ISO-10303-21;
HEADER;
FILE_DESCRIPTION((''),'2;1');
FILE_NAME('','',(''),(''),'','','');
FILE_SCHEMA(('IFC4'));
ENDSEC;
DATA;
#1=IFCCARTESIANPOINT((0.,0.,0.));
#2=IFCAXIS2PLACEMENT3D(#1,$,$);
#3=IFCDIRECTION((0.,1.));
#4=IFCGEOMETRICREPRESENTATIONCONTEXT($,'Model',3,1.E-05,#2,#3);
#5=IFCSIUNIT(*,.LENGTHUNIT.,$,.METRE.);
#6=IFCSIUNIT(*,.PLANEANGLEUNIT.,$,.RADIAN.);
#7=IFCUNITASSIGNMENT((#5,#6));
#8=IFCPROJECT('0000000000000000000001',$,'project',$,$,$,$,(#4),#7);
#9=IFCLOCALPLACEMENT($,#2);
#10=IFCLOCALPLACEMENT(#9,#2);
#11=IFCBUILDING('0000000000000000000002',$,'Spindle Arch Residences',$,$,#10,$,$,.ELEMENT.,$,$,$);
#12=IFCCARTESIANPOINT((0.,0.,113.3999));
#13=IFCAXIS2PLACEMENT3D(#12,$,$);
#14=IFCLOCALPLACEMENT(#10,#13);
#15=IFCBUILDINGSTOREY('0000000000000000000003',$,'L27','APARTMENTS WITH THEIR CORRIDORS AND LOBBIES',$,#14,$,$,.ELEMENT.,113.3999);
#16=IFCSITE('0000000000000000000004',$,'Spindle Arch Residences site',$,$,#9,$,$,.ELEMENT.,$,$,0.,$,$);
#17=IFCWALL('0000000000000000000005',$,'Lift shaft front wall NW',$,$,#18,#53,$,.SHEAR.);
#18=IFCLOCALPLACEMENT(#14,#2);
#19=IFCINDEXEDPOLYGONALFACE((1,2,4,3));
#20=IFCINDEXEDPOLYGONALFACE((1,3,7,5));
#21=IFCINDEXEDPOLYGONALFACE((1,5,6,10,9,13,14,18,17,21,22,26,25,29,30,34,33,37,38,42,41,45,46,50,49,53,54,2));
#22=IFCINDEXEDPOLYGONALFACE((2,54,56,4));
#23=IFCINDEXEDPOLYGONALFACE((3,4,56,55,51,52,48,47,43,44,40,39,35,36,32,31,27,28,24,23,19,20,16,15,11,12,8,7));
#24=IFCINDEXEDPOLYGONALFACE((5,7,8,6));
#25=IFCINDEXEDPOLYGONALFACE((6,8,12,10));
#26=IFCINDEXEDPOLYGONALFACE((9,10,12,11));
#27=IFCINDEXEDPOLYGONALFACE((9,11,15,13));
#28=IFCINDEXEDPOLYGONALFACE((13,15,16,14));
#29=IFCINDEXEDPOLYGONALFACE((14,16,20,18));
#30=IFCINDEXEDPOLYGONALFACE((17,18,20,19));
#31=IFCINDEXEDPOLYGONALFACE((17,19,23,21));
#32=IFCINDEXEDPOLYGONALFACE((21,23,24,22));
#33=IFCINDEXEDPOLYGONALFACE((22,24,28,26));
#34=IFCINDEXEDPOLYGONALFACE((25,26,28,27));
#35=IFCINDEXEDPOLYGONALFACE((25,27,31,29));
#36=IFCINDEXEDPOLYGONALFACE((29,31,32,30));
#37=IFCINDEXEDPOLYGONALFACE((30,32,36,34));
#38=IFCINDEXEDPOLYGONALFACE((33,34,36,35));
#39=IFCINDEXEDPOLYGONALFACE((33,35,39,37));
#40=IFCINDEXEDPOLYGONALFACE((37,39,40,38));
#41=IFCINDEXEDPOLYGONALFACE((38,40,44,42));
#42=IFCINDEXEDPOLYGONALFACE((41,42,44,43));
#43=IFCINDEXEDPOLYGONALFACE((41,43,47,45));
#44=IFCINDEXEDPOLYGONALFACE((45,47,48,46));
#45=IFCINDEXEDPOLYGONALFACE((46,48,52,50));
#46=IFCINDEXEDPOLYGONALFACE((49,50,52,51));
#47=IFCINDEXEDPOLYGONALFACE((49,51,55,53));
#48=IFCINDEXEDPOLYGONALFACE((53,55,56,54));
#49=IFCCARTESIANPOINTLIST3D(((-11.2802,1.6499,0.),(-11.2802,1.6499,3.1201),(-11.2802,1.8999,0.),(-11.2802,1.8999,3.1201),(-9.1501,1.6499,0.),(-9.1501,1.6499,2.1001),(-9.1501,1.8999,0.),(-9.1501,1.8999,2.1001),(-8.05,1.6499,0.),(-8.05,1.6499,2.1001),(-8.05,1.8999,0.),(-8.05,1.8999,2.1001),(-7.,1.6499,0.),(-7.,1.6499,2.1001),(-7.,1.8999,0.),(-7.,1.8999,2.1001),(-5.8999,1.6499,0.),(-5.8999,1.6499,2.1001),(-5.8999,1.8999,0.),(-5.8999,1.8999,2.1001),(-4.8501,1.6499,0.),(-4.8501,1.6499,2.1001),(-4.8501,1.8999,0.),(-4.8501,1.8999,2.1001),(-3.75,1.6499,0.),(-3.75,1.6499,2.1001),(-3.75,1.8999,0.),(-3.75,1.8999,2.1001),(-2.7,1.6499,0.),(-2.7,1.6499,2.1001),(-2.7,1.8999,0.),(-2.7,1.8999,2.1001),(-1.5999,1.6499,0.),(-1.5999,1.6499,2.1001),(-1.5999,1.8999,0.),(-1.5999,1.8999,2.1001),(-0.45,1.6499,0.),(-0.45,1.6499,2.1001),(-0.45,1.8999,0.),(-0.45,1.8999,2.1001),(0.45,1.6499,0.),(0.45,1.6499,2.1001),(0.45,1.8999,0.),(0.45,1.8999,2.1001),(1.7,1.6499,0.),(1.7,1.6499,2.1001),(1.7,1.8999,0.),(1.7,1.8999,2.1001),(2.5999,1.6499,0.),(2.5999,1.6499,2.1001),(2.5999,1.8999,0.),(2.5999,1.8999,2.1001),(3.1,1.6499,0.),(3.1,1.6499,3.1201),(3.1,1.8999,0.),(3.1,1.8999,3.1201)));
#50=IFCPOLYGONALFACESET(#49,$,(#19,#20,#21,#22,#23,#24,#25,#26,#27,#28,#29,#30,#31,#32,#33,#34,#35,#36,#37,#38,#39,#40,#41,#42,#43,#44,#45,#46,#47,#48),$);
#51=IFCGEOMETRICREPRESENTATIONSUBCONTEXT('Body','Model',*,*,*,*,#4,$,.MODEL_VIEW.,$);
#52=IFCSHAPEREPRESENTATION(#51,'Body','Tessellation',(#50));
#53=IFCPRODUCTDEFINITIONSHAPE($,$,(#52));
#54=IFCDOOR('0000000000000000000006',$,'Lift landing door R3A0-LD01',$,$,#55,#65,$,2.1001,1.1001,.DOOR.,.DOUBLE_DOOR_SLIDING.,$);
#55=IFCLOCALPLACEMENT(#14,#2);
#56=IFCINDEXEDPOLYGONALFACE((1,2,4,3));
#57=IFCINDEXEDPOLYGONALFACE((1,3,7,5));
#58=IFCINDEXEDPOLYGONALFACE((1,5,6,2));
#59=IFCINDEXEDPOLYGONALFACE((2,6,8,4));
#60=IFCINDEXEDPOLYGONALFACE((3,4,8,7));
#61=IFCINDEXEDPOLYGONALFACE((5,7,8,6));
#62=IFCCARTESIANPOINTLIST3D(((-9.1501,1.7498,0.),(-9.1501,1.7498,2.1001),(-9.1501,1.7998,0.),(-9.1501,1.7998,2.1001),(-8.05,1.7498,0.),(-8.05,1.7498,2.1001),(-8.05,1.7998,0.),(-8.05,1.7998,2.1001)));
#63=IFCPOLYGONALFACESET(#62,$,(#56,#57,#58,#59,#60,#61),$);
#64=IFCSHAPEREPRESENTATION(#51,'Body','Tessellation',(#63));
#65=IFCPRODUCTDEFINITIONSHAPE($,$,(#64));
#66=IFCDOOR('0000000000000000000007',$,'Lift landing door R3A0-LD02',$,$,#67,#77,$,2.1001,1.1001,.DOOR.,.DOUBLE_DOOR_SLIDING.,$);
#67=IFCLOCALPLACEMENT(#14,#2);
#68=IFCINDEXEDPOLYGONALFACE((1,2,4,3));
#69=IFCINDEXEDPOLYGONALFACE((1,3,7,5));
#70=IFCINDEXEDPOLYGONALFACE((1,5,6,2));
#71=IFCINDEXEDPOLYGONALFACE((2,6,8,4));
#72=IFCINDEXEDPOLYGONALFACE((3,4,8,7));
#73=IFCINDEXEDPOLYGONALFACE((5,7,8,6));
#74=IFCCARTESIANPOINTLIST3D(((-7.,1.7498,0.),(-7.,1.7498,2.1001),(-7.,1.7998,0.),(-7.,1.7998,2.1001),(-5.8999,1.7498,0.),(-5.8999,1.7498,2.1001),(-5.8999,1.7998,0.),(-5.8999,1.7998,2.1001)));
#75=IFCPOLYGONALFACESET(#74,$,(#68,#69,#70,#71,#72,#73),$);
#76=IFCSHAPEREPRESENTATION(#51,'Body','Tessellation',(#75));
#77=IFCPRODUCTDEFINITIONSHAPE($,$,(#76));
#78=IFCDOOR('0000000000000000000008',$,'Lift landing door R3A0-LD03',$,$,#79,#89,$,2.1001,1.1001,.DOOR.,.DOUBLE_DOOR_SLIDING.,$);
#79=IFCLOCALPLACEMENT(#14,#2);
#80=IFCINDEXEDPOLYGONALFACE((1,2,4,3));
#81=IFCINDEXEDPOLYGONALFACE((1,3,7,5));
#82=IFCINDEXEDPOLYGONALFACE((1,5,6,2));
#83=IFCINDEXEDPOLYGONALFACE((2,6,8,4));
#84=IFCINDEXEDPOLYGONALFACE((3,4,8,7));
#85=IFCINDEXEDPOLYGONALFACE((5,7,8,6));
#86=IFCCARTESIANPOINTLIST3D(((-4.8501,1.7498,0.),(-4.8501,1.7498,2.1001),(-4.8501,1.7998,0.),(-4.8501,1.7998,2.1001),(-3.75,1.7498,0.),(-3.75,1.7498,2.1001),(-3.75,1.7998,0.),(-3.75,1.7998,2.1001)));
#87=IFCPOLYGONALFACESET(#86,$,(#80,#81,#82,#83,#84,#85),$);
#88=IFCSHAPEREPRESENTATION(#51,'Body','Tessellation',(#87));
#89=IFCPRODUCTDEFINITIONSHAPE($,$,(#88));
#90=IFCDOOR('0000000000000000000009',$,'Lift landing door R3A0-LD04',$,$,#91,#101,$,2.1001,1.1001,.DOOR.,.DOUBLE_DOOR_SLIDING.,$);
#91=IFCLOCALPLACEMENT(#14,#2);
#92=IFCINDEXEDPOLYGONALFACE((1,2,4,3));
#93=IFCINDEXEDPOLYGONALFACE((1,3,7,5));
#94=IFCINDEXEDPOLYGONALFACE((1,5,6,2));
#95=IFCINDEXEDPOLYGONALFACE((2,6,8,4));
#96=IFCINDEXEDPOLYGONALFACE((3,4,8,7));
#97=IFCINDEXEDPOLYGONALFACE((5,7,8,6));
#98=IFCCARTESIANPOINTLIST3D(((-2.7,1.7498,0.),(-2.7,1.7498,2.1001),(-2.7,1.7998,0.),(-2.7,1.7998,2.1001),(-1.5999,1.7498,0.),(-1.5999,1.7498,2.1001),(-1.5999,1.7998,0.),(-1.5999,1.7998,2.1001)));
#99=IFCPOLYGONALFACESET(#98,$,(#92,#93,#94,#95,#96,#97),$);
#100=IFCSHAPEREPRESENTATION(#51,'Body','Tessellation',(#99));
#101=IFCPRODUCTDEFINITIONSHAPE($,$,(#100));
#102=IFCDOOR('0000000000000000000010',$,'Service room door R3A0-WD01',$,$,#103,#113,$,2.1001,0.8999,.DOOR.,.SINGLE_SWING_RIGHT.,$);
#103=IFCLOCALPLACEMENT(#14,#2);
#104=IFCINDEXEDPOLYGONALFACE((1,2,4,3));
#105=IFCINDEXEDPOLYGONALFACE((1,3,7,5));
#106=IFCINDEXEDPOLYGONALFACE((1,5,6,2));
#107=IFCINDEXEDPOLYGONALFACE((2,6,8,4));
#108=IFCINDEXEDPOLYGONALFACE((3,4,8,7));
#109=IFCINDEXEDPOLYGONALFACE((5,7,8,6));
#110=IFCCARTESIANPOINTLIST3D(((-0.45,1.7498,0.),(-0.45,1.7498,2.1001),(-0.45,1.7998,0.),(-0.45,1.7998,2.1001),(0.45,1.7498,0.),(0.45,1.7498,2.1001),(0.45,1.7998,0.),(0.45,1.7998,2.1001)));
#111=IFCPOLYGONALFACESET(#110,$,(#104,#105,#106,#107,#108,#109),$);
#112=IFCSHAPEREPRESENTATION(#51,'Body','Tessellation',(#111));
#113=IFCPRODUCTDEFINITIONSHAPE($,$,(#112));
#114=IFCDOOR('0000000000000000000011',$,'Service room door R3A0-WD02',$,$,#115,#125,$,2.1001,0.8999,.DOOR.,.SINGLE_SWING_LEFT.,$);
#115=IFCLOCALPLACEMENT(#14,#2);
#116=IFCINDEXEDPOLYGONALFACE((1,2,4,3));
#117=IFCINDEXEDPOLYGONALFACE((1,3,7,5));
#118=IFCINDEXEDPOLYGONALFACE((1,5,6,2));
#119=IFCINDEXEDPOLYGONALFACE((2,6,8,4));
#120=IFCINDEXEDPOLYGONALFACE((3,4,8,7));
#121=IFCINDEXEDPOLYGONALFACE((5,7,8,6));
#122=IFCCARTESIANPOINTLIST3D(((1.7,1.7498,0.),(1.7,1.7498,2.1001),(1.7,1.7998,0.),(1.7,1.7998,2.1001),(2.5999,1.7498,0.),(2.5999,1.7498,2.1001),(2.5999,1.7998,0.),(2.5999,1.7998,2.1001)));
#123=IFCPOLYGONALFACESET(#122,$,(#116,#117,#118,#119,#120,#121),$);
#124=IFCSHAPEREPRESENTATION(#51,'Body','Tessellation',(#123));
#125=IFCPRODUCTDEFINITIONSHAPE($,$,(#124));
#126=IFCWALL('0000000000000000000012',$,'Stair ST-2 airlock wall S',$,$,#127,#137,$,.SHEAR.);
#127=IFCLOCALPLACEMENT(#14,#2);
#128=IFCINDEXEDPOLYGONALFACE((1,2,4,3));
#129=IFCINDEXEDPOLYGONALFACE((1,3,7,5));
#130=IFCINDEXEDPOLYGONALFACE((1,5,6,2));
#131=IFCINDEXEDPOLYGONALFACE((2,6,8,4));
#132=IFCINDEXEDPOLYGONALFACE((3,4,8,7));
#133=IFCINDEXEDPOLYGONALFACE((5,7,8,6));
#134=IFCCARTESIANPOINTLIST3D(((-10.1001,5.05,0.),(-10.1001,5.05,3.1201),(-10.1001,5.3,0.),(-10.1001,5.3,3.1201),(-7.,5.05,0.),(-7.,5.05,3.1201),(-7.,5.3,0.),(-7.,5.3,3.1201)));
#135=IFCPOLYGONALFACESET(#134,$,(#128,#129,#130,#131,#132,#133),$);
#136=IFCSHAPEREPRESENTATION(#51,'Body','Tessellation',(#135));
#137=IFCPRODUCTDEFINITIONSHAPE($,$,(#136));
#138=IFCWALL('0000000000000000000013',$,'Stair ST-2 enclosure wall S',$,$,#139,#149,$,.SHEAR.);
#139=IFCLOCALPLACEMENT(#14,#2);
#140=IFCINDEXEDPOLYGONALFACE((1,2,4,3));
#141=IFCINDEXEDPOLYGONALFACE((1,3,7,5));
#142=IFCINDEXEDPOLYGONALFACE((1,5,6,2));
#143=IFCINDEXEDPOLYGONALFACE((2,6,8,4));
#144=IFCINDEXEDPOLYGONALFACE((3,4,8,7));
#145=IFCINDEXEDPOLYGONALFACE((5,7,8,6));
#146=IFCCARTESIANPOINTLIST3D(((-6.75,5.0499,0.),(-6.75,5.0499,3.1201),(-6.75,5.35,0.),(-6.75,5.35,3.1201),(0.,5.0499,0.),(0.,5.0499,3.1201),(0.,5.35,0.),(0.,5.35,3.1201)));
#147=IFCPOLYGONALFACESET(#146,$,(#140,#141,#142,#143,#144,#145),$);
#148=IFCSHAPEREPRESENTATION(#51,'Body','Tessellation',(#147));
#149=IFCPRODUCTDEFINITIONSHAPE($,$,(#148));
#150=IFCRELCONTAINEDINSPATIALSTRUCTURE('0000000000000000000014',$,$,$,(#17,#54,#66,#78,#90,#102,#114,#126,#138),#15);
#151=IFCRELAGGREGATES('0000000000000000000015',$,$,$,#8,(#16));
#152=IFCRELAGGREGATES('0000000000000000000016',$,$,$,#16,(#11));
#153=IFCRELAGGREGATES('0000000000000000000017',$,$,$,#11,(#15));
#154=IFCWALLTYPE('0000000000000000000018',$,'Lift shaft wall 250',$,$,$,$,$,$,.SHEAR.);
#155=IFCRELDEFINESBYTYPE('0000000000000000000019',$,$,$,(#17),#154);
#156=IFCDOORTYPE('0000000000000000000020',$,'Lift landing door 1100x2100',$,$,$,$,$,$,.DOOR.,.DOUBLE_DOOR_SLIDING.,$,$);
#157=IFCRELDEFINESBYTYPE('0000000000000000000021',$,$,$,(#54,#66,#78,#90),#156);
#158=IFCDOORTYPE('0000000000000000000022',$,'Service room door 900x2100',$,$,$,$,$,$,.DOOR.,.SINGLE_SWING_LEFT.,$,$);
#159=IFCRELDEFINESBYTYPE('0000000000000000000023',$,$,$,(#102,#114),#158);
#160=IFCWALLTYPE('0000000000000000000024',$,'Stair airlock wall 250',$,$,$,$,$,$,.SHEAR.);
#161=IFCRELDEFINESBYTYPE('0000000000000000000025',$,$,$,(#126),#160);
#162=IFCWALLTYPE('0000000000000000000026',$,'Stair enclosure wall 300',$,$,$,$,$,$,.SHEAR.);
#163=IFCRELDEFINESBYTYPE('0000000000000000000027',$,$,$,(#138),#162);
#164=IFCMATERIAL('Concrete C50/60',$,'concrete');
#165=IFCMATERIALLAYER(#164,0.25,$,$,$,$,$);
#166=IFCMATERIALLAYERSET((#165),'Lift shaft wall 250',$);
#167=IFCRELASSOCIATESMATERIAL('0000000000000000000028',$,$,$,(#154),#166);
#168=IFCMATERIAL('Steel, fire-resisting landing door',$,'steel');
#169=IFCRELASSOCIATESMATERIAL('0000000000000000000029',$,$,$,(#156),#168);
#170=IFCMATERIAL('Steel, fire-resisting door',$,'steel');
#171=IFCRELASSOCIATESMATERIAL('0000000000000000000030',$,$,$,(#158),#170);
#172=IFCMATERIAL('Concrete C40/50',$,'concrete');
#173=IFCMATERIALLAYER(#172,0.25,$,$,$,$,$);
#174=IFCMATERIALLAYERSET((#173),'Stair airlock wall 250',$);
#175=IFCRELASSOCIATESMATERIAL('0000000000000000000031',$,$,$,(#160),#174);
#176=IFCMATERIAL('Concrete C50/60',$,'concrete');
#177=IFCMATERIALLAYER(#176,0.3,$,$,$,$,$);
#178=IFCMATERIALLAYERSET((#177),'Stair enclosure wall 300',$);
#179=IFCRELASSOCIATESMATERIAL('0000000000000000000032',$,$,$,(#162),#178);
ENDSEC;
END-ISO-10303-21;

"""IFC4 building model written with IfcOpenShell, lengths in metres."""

from ifc_helpers import new_model, si_unit, direction, frame, frame_2d, origin, place, context, subcontext, project, spatial, rectangle, extrude, material, layer, layer_set, type_object, element, fill, save


model = new_model("IFC4")

# Units and contexts
model_context = context("Model", 3, precision=1e-05, world=origin(), true_north=direction((0.0, 1.0)))
body_context = subcontext(model_context, "Body", "Model", "MODEL_VIEW")
ifc_project = project(units=[si_unit("LENGTHUNIT", "METRE"), si_unit("PLANEANGLEUNIT", "RADIAN")], contexts=[model_context])

# Site, building, storey
site_placement = place(None, origin())
site = spatial("IfcSite", under=ifc_project, at=site_placement, Name="Spindle Arch Residences site", CompositionType="ELEMENT", RefElevation=0.0)
building_placement = place(site_placement, origin())
building = spatial("IfcBuilding", under=site, at=building_placement, Name="Spindle Arch Residences", CompositionType="ELEMENT")
storey_placement = place(building_placement, frame((0.0, 0.0, 113.3999)))
storey = spatial("IfcBuildingStorey", under=building, at=storey_placement, Name="L27", Description="APARTMENTS WITH THEIR CORRIDORS AND LOBBIES", CompositionType="ELEMENT", Elevation=113.3999)

# Wall, openings, doors
ifc_material_1 = material(Name="Concrete C50/60", Category="concrete")
ifc_layer_1 = layer(ifc_material_1, 0.25)
ifc_layer_set_1 = layer_set([ifc_layer_1], Name="Lift shaft wall 250")
wall_type_1 = type_object("IfcWallType", Name="Lift shaft wall 250", PredefinedType="SHEAR", material=ifc_layer_set_1)
wall_1_placement = place(storey_placement, frame((-11.28, 1.7749, 0.0), z_axis=(0.0, 0.0, 1.0), x_axis=(1.0, 0.0, 0.0)))
wall_1 = element("IfcWall", 1, at=wall_1_placement, inside=storey, type_object=wall_type_1, Name="Lift shaft front wall NW", PredefinedType="SHEAR", context=body_context, shape_type="SweptSolid", body=[
    extrude(rectangle(XDim=14.3801, YDim=0.25, at=frame_2d((7.1899, 0.0))), origin(), (0.0, 0.0, 1.0), 3.1201),
])
opening_1_placement = place(wall_1_placement, frame((2.1299, 0.0, 0.0)))
opening_1 = element("IfcOpeningElement", 2, at=opening_1_placement, cuts=wall_1, PredefinedType="OPENING", context=body_context, shape_type="SweptSolid", body=[
    extrude(rectangle(XDim=1.1001, YDim=2.1001, at=frame_2d((0.55, 1.05))), frame((0.0, 0.135, 0.0), z_axis=(0.0, -1.0, 0.0), x_axis=(1.0, 0.0, 0.0)), (0.0, 0.0, 1.0), 0.27),
])
opening_2_placement = place(wall_1_placement, frame((4.28, 0.0, 0.0)))
opening_2 = element("IfcOpeningElement", 3, at=opening_2_placement, cuts=wall_1, PredefinedType="OPENING", context=body_context, shape_type="SweptSolid", body=[
    extrude(rectangle(XDim=1.1001, YDim=2.1001, at=frame_2d((0.55, 1.05))), frame((0.0, 0.135, 0.0), z_axis=(0.0, -1.0, 0.0), x_axis=(1.0, 0.0, 0.0)), (0.0, 0.0, 1.0), 0.27),
])
opening_3_placement = place(wall_1_placement, frame((6.4299, 0.0, 0.0)))
opening_3 = element("IfcOpeningElement", 4, at=opening_3_placement, cuts=wall_1, PredefinedType="OPENING", context=body_context, shape_type="SweptSolid", body=[
    extrude(rectangle(XDim=1.1001, YDim=2.1001, at=frame_2d((0.55, 1.05))), frame((0.0, 0.135, 0.0), z_axis=(0.0, -1.0, 0.0), x_axis=(1.0, 0.0, 0.0)), (0.0, 0.0, 1.0), 0.27),
])
opening_4_placement = place(wall_1_placement, frame((8.5801, 0.0, 0.0)))
opening_4 = element("IfcOpeningElement", 5, at=opening_4_placement, cuts=wall_1, PredefinedType="OPENING", context=body_context, shape_type="SweptSolid", body=[
    extrude(rectangle(XDim=1.1001, YDim=2.1001, at=frame_2d((0.55, 1.05))), frame((0.0, 0.135, 0.0), z_axis=(0.0, -1.0, 0.0), x_axis=(1.0, 0.0, 0.0)), (0.0, 0.0, 1.0), 0.27),
])
opening_5_placement = place(wall_1_placement, frame((10.8301, 0.0, 0.0)))
opening_5 = element("IfcOpeningElement", 6, at=opening_5_placement, cuts=wall_1, PredefinedType="OPENING", context=body_context, shape_type="SweptSolid", body=[
    extrude(rectangle(XDim=0.8999, YDim=2.1001, at=frame_2d((0.45, 1.05))), frame((0.0, 0.135, 0.0), z_axis=(0.0, -1.0, 0.0), x_axis=(1.0, 0.0, 0.0)), (0.0, 0.0, 1.0), 0.27),
])
opening_6_placement = place(wall_1_placement, frame((12.98, 0.0, 0.0)))
opening_6 = element("IfcOpeningElement", 7, at=opening_6_placement, cuts=wall_1, PredefinedType="OPENING", context=body_context, shape_type="SweptSolid", body=[
    extrude(rectangle(XDim=0.8999, YDim=2.1001, at=frame_2d((0.45, 1.05))), frame((0.0, 0.135, 0.0), z_axis=(0.0, -1.0, 0.0), x_axis=(1.0, 0.0, 0.0)), (0.0, 0.0, 1.0), 0.27),
])
ifc_material_2 = material(Name="Steel, fire-resisting landing door", Category="steel")
door_type_1 = type_object("IfcDoorType", Name="Lift landing door 1100x2100", OperationType="DOUBLE_DOOR_SLIDING", PredefinedType="DOOR", material=ifc_material_2)
door_1_placement = place(opening_1_placement, origin())
door_1 = element("IfcDoor", 8, at=door_1_placement, inside=storey, type_object=door_type_1, Name="Lift landing door R3A0-LD01", OperationType="DOUBLE_DOOR_SLIDING", OverallHeight=2.1001, OverallWidth=1.1001, PredefinedType="DOOR", context=body_context, shape_type="SweptSolid", body=[
    extrude(rectangle(XDim=1.1001, YDim=2.1001, at=frame_2d((0.55, 1.05))), frame((0.0, 0.0249, 0.0), z_axis=(0.0, -1.0, 0.0), x_axis=(1.0, 0.0, 0.0)), (0.0, 0.0, 1.0), 0.05),
])
fill(opening_1, door_1)
door_2_placement = place(opening_2_placement, origin())
door_2 = element("IfcDoor", 9, at=door_2_placement, inside=storey, type_object=door_type_1, Name="Lift landing door R3A0-LD02", OperationType="DOUBLE_DOOR_SLIDING", OverallHeight=2.1001, OverallWidth=1.1001, PredefinedType="DOOR", context=body_context, shape_type="SweptSolid", body=[
    extrude(rectangle(XDim=1.1001, YDim=2.1001, at=frame_2d((0.55, 1.05))), frame((0.0, 0.0249, 0.0), z_axis=(0.0, -1.0, 0.0), x_axis=(1.0, 0.0, 0.0)), (0.0, 0.0, 1.0), 0.05),
])
fill(opening_2, door_2)
door_3_placement = place(opening_3_placement, origin())
door_3 = element("IfcDoor", 10, at=door_3_placement, inside=storey, type_object=door_type_1, Name="Lift landing door R3A0-LD03", OperationType="DOUBLE_DOOR_SLIDING", OverallHeight=2.1001, OverallWidth=1.1001, PredefinedType="DOOR", context=body_context, shape_type="SweptSolid", body=[
    extrude(rectangle(XDim=1.1001, YDim=2.1001, at=frame_2d((0.55, 1.05))), frame((0.0, 0.0249, 0.0), z_axis=(0.0, -1.0, 0.0), x_axis=(1.0, 0.0, 0.0)), (0.0, 0.0, 1.0), 0.05),
])
fill(opening_3, door_3)
door_4_placement = place(opening_4_placement, origin())
door_4 = element("IfcDoor", 11, at=door_4_placement, inside=storey, type_object=door_type_1, Name="Lift landing door R3A0-LD04", OperationType="DOUBLE_DOOR_SLIDING", OverallHeight=2.1001, OverallWidth=1.1001, PredefinedType="DOOR", context=body_context, shape_type="SweptSolid", body=[
    extrude(rectangle(XDim=1.1001, YDim=2.1001, at=frame_2d((0.55, 1.05))), frame((0.0, 0.0249, 0.0), z_axis=(0.0, -1.0, 0.0), x_axis=(1.0, 0.0, 0.0)), (0.0, 0.0, 1.0), 0.05),
])
fill(opening_4, door_4)
ifc_material_3 = material(Name="Steel, fire-resisting door", Category="steel")
door_type_2 = type_object("IfcDoorType", Name="Service room door 900x2100", OperationType="SINGLE_SWING_LEFT", PredefinedType="DOOR", material=ifc_material_3)
door_5_placement = place(opening_5_placement, origin())
door_5 = element("IfcDoor", 12, at=door_5_placement, inside=storey, type_object=door_type_2, Name="Service room door R3A0-WD01", OperationType="SINGLE_SWING_RIGHT", OverallHeight=2.1001, OverallWidth=0.8999, PredefinedType="DOOR", context=body_context, shape_type="SweptSolid", body=[
    extrude(rectangle(XDim=0.8999, YDim=2.1001, at=frame_2d((0.45, 1.05))), frame((0.0, 0.0249, 0.0), z_axis=(0.0, -1.0, 0.0), x_axis=(1.0, 0.0, 0.0)), (0.0, 0.0, 1.0), 0.05),
])
fill(opening_5, door_5)
door_6_placement = place(opening_6_placement, origin())
door_6 = element("IfcDoor", 13, at=door_6_placement, inside=storey, type_object=door_type_2, Name="Service room door R3A0-WD02", OperationType="SINGLE_SWING_LEFT", OverallHeight=2.1001, OverallWidth=0.8999, PredefinedType="DOOR", context=body_context, shape_type="SweptSolid", body=[
    extrude(rectangle(XDim=0.8999, YDim=2.1001, at=frame_2d((0.45, 1.05))), frame((0.0, 0.0249, 0.0), z_axis=(0.0, -1.0, 0.0), x_axis=(1.0, 0.0, 0.0)), (0.0, 0.0, 1.0), 0.05),
])
fill(opening_6, door_6)

# Walls
ifc_material_4 = material(Name="Concrete C40/50", Category="concrete")
ifc_layer_2 = layer(ifc_material_4, 0.25)
ifc_layer_set_2 = layer_set([ifc_layer_2], Name="Stair airlock wall 250")
wall_type_2 = type_object("IfcWallType", Name="Stair airlock wall 250", PredefinedType="SHEAR", material=ifc_layer_set_2)
wall_2_placement = place(storey_placement, frame((-7.0, 5.175, 0.0), z_axis=(0.0, 0.0, 1.0), x_axis=(-1.0, 0.0, 0.0)))
element("IfcWall", 14, at=wall_2_placement, inside=storey, type_object=wall_type_2, Name="Stair ST-2 airlock wall S", PredefinedType="SHEAR", context=body_context, shape_type="SweptSolid", body=[
    extrude(rectangle(XDim=3.1001, YDim=0.25, at=frame_2d((1.55, 0.0))), origin(), (0.0, 0.0, 1.0), 3.1201),
])
ifc_material_5 = material(Name="Concrete C50/60", Category="concrete")
ifc_layer_3 = layer(ifc_material_5, 0.3)
ifc_layer_set_3 = layer_set([ifc_layer_3], Name="Stair enclosure wall 300")
wall_type_3 = type_object("IfcWallType", Name="Stair enclosure wall 300", PredefinedType="SHEAR", material=ifc_layer_set_3)
wall_3_placement = place(storey_placement, frame((-6.75, 5.2, 0.0), z_axis=(0.0, 0.0, 1.0), x_axis=(1.0, 0.0, 0.0)))
element("IfcWall", 15, at=wall_3_placement, inside=storey, type_object=wall_type_3, Name="Stair ST-2 enclosure wall S", PredefinedType="SHEAR", context=body_context, shape_type="SweptSolid", body=[
    extrude(rectangle(XDim=6.75, YDim=0.3, at=frame_2d((3.375, 0.0))), origin(), (0.0, 0.0, 1.0), 3.1201),
])

save(model, "model.ifc")
